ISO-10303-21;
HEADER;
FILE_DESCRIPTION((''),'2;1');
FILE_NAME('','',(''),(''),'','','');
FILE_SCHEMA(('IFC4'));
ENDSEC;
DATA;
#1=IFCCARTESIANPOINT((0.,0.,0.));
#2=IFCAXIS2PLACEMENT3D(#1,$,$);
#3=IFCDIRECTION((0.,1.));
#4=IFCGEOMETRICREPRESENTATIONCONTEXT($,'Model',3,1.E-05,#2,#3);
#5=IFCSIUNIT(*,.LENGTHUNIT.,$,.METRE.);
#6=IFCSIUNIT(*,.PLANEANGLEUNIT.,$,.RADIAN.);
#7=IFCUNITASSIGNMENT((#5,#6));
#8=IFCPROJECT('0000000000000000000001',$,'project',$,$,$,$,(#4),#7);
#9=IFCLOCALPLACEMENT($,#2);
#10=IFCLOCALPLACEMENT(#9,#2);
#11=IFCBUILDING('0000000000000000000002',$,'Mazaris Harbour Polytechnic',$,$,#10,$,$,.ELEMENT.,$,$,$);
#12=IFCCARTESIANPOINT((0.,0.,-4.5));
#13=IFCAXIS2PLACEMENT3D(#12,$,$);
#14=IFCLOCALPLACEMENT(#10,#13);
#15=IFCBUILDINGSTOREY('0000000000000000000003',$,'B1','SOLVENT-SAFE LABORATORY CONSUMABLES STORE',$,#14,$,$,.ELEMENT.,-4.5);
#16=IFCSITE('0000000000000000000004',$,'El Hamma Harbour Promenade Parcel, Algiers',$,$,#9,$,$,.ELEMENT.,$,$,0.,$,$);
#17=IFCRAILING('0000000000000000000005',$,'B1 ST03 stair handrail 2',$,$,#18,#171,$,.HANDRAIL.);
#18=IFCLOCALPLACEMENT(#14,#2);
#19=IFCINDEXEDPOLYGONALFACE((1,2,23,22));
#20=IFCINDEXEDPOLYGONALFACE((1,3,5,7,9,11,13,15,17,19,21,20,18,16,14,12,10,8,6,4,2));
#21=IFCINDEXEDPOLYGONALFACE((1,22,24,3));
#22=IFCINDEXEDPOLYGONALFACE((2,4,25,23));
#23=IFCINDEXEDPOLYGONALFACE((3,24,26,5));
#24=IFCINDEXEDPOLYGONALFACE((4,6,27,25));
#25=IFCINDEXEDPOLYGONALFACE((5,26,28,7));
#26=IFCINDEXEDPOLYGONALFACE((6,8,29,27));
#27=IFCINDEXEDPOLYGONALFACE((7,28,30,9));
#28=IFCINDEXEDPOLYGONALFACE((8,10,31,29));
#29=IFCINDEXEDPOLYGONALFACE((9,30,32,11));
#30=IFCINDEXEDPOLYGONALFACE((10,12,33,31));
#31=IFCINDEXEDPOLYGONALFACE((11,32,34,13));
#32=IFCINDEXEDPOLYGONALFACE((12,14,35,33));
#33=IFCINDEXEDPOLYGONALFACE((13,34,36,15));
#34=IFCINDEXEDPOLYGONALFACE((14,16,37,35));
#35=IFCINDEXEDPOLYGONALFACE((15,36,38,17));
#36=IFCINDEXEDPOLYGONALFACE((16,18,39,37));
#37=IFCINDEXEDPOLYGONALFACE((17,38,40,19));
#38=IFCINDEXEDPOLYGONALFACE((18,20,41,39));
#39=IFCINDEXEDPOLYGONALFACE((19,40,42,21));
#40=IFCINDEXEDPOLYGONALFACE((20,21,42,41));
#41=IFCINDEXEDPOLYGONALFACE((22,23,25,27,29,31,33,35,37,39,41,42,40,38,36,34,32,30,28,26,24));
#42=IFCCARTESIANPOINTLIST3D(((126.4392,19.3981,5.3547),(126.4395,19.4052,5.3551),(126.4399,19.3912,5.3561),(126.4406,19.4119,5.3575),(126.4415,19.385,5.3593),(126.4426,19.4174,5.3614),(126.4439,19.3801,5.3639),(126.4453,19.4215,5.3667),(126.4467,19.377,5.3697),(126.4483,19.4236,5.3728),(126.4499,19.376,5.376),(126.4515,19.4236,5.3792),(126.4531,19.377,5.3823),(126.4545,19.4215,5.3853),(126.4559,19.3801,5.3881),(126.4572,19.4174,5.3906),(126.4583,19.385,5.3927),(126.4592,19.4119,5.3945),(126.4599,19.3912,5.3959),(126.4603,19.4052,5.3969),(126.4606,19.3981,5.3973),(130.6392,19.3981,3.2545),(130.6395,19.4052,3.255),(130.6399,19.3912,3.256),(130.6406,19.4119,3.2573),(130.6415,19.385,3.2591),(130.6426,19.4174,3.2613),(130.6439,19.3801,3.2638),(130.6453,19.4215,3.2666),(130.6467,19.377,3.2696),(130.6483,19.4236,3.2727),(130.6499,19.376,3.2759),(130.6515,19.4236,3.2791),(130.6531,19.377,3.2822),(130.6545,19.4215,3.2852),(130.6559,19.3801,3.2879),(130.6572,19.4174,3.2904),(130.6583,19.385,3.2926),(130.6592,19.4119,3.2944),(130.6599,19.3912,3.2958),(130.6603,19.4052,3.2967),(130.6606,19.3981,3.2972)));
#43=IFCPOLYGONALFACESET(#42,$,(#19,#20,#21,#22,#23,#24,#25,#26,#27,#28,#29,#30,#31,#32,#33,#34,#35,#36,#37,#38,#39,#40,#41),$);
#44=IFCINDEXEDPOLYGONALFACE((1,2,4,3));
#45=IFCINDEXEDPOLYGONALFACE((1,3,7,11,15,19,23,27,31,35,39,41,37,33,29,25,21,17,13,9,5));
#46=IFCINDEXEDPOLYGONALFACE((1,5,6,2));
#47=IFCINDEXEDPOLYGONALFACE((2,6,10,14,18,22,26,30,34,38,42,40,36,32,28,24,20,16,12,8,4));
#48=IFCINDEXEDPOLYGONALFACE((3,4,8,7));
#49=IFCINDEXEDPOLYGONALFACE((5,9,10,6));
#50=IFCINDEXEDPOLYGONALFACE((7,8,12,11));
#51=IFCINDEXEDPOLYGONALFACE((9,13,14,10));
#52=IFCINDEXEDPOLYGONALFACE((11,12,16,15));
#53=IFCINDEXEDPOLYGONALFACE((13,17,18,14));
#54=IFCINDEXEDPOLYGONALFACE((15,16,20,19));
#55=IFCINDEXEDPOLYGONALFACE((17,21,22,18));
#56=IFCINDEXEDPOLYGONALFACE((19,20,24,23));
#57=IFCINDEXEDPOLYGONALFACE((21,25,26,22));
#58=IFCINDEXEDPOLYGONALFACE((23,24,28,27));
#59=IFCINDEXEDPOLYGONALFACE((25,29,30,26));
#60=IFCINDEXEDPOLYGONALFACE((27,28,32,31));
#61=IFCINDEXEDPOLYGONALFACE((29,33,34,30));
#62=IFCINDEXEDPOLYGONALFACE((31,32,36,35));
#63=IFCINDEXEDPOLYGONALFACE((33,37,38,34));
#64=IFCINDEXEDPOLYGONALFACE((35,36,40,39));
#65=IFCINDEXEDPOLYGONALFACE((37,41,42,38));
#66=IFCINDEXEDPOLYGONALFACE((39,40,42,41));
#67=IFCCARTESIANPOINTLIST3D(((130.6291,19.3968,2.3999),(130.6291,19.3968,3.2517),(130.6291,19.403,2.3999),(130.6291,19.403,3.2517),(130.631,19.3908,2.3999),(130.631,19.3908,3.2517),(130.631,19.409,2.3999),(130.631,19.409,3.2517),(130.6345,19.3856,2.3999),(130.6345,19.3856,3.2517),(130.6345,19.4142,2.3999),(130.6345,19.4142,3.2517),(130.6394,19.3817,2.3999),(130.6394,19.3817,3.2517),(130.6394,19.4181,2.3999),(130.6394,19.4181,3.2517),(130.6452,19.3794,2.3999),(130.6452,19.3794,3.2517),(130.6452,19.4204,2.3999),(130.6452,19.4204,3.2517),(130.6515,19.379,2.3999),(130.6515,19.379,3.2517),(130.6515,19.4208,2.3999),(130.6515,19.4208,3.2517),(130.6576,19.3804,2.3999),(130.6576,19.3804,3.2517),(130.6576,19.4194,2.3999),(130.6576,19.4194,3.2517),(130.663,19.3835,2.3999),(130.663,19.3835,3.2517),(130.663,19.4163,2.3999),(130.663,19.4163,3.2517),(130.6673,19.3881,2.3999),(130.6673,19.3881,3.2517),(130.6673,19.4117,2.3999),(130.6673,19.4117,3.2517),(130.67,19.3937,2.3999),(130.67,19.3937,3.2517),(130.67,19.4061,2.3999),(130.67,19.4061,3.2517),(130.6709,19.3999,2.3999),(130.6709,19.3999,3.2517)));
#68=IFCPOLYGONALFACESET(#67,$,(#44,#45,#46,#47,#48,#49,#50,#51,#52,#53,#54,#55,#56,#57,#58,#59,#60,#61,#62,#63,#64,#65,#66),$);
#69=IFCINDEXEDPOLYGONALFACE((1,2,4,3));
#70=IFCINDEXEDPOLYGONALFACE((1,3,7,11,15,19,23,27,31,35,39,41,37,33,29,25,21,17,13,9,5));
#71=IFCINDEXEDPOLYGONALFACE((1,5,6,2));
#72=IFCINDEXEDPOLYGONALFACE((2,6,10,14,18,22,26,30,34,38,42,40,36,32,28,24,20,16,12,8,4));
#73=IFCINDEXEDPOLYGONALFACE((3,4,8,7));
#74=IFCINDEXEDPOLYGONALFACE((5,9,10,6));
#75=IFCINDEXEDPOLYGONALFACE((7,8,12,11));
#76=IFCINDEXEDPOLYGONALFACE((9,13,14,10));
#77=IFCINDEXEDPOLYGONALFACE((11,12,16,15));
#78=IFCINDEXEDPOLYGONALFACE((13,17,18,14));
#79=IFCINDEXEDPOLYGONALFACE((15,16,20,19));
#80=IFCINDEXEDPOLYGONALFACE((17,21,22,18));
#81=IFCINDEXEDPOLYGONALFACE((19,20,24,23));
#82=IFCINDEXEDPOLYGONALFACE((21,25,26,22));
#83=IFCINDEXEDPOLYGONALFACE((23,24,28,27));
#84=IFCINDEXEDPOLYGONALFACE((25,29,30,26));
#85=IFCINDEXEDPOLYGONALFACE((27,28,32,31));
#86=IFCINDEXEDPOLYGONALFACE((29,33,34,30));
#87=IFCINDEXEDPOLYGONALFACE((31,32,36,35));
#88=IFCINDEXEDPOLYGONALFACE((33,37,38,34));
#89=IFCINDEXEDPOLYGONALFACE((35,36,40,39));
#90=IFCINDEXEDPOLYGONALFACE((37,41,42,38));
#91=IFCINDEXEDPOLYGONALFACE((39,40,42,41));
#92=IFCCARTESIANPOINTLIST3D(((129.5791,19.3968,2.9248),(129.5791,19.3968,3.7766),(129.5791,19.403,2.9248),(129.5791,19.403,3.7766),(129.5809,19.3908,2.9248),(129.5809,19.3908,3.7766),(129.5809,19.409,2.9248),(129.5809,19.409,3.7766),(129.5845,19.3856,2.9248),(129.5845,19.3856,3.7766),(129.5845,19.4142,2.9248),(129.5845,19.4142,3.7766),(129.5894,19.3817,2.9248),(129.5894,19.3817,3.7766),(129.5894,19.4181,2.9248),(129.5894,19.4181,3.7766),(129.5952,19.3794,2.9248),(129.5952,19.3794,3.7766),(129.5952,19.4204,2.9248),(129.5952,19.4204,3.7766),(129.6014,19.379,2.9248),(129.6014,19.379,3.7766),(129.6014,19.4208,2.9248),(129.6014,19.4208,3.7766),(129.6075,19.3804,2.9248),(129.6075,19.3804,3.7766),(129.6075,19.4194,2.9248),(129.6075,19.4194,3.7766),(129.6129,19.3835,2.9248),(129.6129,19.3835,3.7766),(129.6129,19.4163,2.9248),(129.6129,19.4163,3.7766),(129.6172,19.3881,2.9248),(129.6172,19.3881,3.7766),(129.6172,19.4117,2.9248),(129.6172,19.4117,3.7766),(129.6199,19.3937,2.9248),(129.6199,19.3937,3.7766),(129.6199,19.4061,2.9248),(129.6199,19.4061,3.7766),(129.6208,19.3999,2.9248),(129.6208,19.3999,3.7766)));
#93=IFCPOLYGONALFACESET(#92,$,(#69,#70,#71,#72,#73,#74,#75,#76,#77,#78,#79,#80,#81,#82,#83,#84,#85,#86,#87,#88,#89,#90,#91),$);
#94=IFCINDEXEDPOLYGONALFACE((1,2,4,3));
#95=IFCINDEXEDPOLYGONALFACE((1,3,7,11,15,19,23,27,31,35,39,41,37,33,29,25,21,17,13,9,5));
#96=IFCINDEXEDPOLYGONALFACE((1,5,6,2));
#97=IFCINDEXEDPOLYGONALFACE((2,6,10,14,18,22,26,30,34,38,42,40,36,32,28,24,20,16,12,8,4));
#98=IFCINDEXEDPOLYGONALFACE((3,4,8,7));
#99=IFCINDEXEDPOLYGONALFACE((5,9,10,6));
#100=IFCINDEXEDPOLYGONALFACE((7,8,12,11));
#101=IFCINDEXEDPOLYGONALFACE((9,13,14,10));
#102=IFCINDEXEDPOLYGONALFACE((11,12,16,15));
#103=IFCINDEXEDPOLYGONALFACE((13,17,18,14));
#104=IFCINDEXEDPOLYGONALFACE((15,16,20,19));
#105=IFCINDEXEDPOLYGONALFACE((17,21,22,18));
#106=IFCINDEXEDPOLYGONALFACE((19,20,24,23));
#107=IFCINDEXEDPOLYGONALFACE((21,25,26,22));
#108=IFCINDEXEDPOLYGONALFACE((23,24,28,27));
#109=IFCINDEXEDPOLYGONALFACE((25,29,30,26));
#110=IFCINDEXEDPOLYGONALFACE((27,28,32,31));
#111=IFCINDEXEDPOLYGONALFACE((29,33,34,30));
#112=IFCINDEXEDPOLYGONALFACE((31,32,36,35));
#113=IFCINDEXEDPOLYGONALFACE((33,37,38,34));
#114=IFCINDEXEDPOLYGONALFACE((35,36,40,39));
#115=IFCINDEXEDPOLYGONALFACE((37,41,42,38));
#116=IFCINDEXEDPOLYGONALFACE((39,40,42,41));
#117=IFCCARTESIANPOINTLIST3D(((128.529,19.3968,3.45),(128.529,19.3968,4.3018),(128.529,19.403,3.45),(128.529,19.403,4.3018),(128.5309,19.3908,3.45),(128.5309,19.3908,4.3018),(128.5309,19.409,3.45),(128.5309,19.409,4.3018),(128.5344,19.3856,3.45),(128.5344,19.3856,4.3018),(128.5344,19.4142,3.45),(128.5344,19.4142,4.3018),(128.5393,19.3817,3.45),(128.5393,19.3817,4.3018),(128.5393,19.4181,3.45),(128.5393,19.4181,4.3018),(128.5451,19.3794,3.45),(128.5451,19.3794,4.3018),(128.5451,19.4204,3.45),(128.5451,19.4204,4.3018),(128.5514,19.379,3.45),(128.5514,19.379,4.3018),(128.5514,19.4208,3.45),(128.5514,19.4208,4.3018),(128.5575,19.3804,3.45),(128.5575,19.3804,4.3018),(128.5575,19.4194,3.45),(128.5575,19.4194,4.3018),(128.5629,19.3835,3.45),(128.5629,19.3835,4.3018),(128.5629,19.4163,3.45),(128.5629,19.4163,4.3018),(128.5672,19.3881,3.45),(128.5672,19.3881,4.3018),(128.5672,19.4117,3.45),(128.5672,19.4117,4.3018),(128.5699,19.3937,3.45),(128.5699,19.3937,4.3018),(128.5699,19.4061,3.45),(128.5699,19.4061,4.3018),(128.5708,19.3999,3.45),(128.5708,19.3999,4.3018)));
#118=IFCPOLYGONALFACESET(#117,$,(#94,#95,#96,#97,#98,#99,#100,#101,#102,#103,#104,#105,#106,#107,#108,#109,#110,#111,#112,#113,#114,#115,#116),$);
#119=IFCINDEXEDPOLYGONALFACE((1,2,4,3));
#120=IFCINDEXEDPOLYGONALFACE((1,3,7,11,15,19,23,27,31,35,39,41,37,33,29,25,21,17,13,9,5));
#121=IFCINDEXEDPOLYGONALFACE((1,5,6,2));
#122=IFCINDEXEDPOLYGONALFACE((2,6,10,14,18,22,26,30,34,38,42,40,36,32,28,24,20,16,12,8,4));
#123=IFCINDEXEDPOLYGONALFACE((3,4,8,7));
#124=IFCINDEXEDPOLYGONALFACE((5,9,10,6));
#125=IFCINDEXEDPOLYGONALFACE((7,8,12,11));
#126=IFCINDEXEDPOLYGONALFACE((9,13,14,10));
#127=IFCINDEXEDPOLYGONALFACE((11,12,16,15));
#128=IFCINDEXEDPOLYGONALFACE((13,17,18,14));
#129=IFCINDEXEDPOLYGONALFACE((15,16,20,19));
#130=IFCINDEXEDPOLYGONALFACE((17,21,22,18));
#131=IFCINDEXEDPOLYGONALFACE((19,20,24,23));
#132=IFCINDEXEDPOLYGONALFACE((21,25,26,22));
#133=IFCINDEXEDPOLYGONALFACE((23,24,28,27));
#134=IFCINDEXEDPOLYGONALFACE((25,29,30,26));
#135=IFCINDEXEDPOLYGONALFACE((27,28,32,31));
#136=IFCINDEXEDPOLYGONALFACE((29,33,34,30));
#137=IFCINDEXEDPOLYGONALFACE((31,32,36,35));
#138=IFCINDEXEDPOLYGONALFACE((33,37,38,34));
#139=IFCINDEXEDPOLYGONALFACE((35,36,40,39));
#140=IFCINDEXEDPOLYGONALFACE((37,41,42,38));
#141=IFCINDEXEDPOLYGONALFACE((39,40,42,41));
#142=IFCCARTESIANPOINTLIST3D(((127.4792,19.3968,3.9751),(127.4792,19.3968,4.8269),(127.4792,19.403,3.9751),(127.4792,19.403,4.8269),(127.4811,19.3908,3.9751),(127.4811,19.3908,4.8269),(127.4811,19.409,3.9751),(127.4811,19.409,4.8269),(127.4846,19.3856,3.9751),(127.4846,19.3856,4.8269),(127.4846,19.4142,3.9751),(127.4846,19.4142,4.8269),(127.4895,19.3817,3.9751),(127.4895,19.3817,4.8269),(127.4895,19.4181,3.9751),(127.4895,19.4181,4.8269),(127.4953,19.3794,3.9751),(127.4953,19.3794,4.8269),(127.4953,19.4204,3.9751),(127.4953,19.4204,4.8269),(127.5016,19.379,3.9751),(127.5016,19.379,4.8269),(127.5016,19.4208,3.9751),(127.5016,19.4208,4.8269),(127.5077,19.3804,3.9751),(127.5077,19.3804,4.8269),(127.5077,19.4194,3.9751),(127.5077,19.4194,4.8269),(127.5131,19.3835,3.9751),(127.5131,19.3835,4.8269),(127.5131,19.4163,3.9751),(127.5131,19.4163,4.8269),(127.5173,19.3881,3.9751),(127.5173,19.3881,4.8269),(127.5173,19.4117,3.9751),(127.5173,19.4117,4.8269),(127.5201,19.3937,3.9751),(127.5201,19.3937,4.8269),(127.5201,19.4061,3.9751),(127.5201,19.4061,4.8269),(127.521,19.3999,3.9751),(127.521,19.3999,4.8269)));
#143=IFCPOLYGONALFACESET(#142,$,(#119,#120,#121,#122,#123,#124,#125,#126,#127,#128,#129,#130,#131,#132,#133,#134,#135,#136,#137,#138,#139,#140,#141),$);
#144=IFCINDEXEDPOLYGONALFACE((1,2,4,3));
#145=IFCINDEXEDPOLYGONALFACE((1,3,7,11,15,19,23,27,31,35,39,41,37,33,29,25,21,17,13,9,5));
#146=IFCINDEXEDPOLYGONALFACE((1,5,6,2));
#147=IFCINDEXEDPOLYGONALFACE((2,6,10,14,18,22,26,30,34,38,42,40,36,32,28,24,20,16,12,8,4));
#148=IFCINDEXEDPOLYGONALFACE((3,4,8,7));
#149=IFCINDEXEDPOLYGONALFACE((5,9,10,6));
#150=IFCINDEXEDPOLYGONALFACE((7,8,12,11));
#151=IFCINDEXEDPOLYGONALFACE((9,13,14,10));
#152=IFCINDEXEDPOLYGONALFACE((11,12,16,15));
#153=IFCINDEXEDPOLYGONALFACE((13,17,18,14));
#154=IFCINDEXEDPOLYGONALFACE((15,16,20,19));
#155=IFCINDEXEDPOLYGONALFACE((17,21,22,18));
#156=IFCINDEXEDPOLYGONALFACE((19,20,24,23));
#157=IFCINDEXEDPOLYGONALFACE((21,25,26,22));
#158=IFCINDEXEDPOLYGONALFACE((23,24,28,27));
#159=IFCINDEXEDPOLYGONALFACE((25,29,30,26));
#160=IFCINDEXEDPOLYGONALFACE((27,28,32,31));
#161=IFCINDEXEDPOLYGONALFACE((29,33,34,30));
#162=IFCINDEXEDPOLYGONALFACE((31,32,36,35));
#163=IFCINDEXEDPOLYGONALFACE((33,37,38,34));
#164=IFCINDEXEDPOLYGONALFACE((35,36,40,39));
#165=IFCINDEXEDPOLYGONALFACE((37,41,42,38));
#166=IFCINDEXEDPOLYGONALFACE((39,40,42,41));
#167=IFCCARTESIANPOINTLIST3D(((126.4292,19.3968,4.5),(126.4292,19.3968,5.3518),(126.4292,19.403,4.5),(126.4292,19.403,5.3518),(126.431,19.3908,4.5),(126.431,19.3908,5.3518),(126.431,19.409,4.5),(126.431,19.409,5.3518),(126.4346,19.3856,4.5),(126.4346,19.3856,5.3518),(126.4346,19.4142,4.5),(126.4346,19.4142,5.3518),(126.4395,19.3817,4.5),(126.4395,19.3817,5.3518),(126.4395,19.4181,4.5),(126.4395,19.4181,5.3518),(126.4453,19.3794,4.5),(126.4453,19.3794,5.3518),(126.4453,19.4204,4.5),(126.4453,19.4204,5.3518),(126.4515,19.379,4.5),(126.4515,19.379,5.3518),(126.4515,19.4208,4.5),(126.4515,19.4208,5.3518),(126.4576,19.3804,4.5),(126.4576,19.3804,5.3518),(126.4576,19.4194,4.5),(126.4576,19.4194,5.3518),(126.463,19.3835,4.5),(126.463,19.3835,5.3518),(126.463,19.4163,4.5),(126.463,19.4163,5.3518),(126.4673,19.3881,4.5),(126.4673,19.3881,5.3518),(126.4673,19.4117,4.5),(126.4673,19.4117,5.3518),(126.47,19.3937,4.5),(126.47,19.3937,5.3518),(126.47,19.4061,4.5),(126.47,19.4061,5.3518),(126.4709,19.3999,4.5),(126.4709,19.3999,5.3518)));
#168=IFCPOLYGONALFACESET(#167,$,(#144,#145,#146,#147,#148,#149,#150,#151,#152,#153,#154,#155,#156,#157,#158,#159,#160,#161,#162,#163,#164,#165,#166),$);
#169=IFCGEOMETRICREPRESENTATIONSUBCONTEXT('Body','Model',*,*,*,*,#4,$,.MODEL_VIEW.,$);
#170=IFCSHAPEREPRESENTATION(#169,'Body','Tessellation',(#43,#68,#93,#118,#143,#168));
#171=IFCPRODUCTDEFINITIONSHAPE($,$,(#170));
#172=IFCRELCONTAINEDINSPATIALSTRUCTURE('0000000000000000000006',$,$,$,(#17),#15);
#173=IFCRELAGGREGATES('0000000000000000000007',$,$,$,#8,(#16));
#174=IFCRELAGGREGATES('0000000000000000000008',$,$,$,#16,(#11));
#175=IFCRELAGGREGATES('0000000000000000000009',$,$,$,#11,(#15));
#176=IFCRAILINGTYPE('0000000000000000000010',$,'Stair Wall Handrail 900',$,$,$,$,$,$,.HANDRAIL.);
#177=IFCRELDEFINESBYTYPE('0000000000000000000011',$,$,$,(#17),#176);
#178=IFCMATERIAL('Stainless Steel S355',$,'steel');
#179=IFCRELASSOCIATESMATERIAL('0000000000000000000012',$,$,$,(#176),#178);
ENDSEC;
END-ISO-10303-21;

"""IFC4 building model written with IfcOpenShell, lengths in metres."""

from ifc_helpers import new_model, si_unit, direction, frame, origin, origin_2d, place, context, subcontext, project, spatial, circle, extrude, material, type_object, element, save


model = new_model("IFC4")

# Units and contexts
model_context = context("Model", 3, precision=1e-05, world=origin(), true_north=direction((0.0, 1.0)))
body_context = subcontext(model_context, "Body", "Model", "MODEL_VIEW")
ifc_project = project(units=[si_unit("LENGTHUNIT", "METRE"), si_unit("PLANEANGLEUNIT", "RADIAN")], contexts=[model_context])

# Site, building, storey
site_placement = place(None, origin())
site = spatial("IfcSite", under=ifc_project, at=site_placement, Name="El Hamma Harbour Promenade Parcel, Algiers", CompositionType="ELEMENT", RefElevation=0.0)
building_placement = place(site_placement, origin())
building = spatial("IfcBuilding", under=site, at=building_placement, Name="Mazaris Harbour Polytechnic", CompositionType="ELEMENT")
storey_placement = place(building_placement, frame((0.0, 0.0, -4.5)))
storey = spatial("IfcBuildingStorey", under=building, at=storey_placement, Name="B1", Description="SOLVENT-SAFE LABORATORY CONSUMABLES STORE", CompositionType="ELEMENT", Elevation=-4.5)

# Railing
ifc_material_1 = material(Name="Stainless Steel S355", Category="steel")
railing_type_1 = type_object("IfcRailingType", Name="Stair Wall Handrail 900", PredefinedType="HANDRAIL", material=ifc_material_1)
railing_1_placement = place(storey_placement, frame((130.6499, 19.3999, 2.3999)))
element("IfcRailing", 1, at=railing_1_placement, inside=storey, type_object=railing_type_1, Name="B1 ST03 stair handrail 2", PredefinedType="HANDRAIL", context=body_context, shape_type="SweptSolid", body=[
    extrude(circle(Radius=0.0239, at=origin_2d()), frame((0.0, 0.0, 0.876), z_axis=(-0.894417, 0.0, 0.447234), x_axis=(0.0, -1.0, 0.0)), (0.0, 0.0, 1.0), 4.6958),
    extrude(circle(Radius=0.021, at=origin_2d()), origin(), (0.0, 0.0, 1.0), 0.8518),
    extrude(circle(Radius=0.021, at=origin_2d()), frame((-1.05, 0.0, 0.5249)), (0.0, 0.0, 1.0), 0.8518),
    extrude(circle(Radius=0.021, at=origin_2d()), frame((-2.1001, 0.0, 1.05)), (0.0, 0.0, 1.0), 0.8518),
    extrude(circle(Radius=0.021, at=origin_2d()), frame((-3.1499, 0.0, 1.5752)), (0.0, 0.0, 1.0), 0.8518),
    extrude(circle(Radius=0.021, at=origin_2d()), frame((-4.2, 0.0, 2.1001)), (0.0, 0.0, 1.0), 0.8518),
])

save(model, "model.ifc")
